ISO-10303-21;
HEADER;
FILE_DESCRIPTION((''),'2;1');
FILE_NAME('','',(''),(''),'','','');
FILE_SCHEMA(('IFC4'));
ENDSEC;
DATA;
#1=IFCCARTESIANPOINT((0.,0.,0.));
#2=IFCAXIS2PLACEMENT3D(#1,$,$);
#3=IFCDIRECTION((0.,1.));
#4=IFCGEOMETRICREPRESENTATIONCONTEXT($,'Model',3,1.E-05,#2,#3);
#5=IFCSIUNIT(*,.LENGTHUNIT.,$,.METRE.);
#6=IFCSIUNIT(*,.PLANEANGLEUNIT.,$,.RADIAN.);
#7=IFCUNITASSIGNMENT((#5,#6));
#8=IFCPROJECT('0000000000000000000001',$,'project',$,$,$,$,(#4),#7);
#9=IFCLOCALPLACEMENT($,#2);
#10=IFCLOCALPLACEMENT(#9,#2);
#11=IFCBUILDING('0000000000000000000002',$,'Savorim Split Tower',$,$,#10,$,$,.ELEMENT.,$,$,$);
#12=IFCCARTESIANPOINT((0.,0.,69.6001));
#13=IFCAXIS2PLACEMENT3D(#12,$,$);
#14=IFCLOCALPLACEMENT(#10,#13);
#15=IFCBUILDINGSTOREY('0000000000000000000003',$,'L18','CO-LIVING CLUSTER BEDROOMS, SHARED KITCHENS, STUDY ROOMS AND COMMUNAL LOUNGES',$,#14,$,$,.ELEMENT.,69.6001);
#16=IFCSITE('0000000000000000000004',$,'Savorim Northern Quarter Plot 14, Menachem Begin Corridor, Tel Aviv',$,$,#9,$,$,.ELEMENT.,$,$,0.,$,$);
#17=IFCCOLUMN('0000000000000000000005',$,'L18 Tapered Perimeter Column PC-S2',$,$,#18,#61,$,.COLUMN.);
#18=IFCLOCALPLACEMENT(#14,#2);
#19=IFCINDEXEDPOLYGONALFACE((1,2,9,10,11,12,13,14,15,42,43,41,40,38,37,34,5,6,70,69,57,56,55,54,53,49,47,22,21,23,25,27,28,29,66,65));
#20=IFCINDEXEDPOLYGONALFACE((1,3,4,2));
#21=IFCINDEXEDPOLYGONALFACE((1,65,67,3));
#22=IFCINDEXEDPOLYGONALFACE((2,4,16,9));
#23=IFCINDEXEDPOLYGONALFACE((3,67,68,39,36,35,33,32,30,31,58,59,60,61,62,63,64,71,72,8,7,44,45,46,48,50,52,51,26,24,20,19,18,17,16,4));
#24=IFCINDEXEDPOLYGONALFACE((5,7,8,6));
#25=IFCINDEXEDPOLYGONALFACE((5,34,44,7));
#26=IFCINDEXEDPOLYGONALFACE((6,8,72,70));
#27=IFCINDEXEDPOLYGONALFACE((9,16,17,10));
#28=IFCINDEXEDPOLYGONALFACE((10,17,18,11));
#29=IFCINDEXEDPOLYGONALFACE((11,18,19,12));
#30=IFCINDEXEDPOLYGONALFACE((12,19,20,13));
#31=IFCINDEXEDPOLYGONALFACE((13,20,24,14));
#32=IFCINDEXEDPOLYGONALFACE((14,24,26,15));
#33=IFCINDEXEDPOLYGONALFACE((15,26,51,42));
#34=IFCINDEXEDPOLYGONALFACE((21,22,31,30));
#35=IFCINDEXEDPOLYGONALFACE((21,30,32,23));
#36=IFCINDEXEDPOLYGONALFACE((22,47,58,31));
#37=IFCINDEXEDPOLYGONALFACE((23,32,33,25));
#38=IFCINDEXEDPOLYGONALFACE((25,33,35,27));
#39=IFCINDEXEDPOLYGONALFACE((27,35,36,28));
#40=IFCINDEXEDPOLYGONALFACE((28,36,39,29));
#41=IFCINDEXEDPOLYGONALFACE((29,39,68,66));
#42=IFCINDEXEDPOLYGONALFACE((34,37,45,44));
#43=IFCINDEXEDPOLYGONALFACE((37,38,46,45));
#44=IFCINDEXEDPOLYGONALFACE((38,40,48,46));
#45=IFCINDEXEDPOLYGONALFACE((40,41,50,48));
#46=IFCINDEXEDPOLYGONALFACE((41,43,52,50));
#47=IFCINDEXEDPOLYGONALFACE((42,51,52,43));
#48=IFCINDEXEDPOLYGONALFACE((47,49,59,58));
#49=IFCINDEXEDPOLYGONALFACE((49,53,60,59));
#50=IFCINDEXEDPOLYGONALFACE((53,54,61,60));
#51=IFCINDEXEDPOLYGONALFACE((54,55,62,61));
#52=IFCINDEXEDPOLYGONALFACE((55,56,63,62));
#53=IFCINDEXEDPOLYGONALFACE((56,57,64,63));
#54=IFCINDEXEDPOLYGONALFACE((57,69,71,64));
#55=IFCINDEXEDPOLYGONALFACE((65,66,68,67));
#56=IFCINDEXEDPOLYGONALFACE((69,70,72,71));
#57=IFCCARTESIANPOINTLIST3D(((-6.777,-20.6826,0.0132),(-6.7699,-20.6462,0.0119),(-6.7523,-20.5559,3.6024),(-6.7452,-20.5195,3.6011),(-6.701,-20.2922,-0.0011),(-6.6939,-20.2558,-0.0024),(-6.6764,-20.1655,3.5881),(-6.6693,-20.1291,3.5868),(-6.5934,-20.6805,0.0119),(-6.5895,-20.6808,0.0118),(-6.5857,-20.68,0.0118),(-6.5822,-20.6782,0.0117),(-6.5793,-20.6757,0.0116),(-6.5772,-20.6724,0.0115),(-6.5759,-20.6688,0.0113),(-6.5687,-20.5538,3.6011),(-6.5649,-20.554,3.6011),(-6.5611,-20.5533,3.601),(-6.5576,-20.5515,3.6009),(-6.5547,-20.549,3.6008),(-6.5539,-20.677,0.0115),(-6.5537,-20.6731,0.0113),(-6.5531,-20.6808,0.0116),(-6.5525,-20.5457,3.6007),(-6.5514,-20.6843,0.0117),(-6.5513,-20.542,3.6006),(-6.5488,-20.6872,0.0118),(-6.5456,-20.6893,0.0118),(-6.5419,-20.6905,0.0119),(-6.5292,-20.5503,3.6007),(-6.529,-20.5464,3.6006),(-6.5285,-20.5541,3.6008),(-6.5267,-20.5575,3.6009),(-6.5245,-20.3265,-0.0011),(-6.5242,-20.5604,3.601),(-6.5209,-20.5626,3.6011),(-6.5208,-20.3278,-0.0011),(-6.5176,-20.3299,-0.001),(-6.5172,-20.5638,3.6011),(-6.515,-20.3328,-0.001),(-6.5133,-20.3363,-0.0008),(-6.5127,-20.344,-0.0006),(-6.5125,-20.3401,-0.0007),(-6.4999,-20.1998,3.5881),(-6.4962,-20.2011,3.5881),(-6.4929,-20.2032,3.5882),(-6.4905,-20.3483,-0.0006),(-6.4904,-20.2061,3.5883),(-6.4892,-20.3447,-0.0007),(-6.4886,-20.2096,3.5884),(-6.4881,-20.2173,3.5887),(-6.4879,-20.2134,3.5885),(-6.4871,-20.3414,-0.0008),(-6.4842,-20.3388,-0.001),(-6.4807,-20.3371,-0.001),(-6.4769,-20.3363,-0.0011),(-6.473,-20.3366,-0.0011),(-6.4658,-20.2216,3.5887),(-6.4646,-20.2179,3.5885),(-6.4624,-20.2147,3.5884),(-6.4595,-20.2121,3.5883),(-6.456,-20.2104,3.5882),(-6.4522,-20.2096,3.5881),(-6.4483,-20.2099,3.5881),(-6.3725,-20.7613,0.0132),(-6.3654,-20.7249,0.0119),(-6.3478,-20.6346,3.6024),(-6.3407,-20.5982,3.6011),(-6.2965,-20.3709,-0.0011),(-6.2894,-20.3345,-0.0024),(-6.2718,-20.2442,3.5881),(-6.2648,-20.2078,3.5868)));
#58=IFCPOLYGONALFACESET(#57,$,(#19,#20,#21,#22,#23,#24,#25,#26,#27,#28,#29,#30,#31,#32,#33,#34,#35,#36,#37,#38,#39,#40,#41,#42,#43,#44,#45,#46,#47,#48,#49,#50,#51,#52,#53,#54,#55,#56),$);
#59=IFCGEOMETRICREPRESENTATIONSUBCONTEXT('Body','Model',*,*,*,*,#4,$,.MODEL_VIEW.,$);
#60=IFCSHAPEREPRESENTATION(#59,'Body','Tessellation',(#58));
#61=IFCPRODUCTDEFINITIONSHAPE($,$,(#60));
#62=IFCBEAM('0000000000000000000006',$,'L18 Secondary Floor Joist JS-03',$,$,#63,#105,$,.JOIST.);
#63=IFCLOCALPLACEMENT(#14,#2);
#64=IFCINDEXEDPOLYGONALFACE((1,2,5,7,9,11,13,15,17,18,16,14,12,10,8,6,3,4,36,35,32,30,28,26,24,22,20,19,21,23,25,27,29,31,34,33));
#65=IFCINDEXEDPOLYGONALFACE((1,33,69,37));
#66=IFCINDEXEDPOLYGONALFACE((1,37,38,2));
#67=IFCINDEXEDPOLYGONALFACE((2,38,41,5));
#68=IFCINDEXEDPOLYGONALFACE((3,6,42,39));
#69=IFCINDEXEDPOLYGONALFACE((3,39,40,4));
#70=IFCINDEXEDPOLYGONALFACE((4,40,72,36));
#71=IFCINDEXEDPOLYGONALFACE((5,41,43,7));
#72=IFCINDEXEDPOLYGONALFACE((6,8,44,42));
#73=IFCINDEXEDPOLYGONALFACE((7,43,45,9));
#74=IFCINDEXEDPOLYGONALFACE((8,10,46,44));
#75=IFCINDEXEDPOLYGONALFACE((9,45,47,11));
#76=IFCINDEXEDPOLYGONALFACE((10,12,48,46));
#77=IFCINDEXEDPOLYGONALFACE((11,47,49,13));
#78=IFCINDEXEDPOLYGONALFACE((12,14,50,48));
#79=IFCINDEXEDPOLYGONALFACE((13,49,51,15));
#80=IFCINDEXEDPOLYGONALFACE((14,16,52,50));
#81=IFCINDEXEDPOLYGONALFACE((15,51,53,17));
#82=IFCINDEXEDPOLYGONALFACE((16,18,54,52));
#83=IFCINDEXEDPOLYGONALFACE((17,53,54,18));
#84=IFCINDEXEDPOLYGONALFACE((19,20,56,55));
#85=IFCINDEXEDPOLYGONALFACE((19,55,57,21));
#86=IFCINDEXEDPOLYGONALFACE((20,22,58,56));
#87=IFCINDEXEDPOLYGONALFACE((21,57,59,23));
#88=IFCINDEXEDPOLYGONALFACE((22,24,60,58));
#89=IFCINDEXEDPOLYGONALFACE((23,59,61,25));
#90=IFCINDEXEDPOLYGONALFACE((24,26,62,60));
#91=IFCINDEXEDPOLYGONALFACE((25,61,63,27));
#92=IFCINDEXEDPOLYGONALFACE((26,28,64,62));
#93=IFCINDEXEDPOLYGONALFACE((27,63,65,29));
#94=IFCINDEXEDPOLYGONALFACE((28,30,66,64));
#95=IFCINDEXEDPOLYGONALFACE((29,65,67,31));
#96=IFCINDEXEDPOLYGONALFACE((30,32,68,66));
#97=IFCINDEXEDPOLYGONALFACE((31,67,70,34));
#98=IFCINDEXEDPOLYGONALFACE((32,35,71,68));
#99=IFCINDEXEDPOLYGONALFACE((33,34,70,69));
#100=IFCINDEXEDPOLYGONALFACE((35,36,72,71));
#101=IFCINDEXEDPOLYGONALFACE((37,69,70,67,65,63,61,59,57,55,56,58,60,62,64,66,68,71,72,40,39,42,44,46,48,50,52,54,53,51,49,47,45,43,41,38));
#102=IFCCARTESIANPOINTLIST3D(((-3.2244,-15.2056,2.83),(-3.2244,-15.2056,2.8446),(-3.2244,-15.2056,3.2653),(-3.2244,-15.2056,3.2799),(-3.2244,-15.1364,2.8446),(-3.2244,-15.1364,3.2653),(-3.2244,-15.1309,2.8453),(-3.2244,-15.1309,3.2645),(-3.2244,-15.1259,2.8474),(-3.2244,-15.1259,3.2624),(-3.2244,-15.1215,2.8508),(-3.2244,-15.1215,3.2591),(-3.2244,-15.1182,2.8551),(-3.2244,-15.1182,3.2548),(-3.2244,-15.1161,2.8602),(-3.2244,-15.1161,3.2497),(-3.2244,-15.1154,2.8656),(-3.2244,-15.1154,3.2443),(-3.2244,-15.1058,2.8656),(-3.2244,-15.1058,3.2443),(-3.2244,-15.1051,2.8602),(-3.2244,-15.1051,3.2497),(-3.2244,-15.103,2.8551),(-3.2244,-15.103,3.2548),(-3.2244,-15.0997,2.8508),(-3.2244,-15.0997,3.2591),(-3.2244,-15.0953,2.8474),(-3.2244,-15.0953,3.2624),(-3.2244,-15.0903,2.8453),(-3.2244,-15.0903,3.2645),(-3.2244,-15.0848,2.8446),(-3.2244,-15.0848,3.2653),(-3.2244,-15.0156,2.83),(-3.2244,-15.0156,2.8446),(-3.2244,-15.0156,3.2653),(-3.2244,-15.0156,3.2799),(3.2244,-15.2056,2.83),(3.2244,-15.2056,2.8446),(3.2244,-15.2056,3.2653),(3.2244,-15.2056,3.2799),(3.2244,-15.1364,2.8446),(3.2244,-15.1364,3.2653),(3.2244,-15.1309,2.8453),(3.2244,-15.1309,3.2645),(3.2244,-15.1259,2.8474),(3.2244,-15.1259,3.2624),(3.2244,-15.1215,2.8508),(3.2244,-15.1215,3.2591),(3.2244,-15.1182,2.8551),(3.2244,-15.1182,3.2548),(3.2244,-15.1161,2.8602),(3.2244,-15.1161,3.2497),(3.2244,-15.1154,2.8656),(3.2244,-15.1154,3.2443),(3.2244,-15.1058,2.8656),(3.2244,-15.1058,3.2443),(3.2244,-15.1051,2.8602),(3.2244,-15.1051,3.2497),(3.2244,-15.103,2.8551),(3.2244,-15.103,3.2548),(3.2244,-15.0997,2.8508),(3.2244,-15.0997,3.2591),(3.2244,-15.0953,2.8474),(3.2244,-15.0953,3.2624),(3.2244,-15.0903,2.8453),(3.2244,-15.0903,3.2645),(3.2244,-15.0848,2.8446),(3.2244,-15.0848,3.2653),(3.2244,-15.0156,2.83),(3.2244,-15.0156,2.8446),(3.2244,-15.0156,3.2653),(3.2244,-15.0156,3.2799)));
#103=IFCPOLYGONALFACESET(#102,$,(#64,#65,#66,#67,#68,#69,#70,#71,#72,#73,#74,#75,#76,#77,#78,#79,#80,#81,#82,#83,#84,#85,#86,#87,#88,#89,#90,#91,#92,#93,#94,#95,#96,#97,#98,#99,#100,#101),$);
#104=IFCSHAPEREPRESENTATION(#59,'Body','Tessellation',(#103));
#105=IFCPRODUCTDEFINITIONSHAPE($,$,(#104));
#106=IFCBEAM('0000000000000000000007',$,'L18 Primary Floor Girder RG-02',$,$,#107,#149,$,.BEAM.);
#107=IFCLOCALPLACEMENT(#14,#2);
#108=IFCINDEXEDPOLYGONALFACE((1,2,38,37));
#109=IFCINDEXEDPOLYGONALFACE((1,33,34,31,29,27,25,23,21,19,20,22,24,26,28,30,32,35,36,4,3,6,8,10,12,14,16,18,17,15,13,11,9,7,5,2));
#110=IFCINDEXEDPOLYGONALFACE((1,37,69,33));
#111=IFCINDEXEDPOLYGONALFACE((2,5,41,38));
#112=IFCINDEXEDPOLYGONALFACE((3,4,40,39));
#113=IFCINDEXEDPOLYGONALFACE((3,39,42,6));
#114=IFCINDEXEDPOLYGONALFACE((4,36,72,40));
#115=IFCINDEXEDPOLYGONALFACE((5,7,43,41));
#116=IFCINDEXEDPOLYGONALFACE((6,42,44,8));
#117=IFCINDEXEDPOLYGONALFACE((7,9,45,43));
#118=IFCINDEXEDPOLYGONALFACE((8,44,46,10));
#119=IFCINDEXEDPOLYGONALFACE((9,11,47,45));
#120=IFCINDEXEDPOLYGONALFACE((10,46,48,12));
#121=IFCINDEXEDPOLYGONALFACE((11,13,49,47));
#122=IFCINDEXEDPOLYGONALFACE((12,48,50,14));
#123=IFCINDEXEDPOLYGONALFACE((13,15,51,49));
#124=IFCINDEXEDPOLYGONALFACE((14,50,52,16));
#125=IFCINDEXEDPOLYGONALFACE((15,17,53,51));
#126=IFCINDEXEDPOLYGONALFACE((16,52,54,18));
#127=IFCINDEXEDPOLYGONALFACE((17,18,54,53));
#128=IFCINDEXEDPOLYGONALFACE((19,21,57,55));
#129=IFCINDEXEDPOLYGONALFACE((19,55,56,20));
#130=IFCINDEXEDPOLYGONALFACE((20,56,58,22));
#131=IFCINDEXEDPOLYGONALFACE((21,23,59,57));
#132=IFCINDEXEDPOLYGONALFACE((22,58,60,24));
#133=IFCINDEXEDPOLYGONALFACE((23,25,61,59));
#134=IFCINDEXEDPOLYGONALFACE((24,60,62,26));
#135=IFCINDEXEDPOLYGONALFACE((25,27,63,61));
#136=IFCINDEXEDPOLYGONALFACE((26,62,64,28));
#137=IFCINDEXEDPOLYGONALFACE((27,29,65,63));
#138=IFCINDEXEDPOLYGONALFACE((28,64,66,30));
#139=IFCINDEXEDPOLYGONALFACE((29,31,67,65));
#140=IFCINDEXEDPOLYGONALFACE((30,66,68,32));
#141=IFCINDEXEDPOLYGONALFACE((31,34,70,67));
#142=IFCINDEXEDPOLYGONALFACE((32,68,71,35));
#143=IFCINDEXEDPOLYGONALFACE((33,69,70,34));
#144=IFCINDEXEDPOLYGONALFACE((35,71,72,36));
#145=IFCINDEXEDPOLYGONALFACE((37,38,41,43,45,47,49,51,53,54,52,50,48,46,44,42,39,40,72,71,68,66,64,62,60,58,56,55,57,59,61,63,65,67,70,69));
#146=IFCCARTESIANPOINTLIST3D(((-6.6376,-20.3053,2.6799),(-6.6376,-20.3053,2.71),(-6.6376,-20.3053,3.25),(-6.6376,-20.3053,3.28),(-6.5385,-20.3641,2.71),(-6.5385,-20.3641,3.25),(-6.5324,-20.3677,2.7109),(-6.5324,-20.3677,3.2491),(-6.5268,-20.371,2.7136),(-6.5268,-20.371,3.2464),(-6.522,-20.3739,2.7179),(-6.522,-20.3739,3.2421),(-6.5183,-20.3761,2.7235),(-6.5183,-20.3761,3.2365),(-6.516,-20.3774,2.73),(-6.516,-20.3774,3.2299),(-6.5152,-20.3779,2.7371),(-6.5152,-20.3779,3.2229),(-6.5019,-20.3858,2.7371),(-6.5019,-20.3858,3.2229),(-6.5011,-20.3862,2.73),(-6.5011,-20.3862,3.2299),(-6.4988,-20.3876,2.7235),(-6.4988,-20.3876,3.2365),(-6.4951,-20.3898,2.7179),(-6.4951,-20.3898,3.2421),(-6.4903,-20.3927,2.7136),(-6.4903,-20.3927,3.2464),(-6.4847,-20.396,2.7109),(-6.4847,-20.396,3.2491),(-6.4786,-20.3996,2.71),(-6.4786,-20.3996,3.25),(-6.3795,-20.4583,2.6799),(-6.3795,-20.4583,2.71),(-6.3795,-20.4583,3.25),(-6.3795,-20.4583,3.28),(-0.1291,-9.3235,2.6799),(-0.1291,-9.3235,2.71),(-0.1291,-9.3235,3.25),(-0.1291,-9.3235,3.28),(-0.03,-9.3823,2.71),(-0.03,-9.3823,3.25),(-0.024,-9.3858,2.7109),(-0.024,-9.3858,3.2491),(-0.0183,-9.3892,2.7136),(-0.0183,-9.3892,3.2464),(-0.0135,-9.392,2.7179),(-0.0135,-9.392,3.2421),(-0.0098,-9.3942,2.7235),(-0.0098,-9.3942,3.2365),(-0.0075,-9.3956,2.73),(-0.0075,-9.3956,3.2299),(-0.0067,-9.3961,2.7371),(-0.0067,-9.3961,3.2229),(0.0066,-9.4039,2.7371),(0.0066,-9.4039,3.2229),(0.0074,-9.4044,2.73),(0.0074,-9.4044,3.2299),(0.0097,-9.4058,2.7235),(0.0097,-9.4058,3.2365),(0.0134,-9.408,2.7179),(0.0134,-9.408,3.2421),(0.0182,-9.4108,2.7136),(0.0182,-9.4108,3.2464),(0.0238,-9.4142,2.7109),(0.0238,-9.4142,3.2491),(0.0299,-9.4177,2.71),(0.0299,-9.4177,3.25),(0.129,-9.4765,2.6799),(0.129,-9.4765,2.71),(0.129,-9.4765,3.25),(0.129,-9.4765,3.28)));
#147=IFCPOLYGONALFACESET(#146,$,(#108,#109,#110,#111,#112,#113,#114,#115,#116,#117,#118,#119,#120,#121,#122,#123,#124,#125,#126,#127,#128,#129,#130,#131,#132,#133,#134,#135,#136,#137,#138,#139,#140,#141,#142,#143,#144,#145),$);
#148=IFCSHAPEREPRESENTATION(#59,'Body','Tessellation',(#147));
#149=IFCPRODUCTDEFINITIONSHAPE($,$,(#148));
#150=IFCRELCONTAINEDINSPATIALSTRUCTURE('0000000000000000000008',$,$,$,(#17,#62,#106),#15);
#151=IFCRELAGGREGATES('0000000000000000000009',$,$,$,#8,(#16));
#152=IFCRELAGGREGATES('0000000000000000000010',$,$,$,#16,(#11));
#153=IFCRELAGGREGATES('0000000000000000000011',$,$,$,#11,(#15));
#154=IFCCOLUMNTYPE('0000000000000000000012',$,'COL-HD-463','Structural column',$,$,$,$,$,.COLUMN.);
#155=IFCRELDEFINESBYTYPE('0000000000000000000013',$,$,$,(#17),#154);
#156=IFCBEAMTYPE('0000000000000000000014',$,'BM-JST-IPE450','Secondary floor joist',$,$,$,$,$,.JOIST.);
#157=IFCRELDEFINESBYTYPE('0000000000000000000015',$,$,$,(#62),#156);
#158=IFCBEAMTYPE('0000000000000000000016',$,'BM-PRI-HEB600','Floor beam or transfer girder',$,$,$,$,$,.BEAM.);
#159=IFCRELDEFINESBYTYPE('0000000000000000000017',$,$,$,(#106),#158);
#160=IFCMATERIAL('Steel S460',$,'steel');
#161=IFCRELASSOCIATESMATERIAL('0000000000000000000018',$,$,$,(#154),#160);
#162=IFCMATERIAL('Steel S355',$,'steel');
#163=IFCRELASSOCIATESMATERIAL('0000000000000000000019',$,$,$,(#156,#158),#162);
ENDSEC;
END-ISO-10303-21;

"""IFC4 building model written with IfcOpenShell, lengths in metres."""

from ifc_helpers import new_model, si_unit, direction, frame, origin, origin_2d, place, context, subcontext, project, spatial, i_section, extrude, material, material_profile, profile_set, type_object, element, save


model = new_model("IFC4")

# Units and contexts
model_context = context("Model", 3, precision=1e-05, world=origin(), true_north=direction((0.0, 1.0)))
body_context = subcontext(model_context, "Body", "Model", "MODEL_VIEW")
ifc_project = project(units=[si_unit("LENGTHUNIT", "METRE"), si_unit("PLANEANGLEUNIT", "RADIAN")], contexts=[model_context])

# Site, building, storey
site_placement = place(None, origin())
site = spatial("IfcSite", under=ifc_project, at=site_placement, Name="Savorim Northern Quarter Plot 14, Menachem Begin Corridor, Tel Aviv", CompositionType="ELEMENT", RefElevation=0.0)
building_placement = place(site_placement, origin())
building = spatial("IfcBuilding", under=site, at=building_placement, Name="Savorim Split Tower", CompositionType="ELEMENT")
storey_placement = place(building_placement, frame((0.0, 0.0, 69.6001)))
storey = spatial("IfcBuildingStorey", under=building, at=storey_placement, Name="L18", Description="CO-LIVING CLUSTER BEDROOMS, SHARED KITCHENS, STUDY ROOMS AND COMMUNAL LOUNGES", CompositionType="ELEMENT", Elevation=69.6001)

# Column
ifc_material_1 = material(Name="Steel S460", Category="steel")
ifc_material_profile_1 = material_profile(ifc_material_1, i_section(OverallWidth=0.4121, OverallDepth=0.4351, WebThickness=0.0227, FlangeThickness=0.0371, FilletRadius=0.0149, at=origin_2d()), Name="HD 400x463")
ifc_profile_set_1 = profile_set([ifc_material_profile_1], Name="Steel S460")
column_type = type_object("IfcColumnType", Name="COL-HD-463", Description="Structural column", PredefinedType="COLUMN", material=ifc_profile_set_1)
column_placement = place(storey_placement, frame((-6.5332, -20.5085, 0.0054), z_axis=(0.006866, 0.035281, 0.999354), x_axis=(-0.981586, 0.191022, 0.0)))
element("IfcColumn", 1, at=column_placement, inside=storey, type_object=column_type, Name="L18 Tapered Perimeter Column PC-S2", PredefinedType="COLUMN", context=body_context, shape_type="SweptSolid", body=[
    extrude(i_section(OverallWidth=0.4121, OverallDepth=0.4351, WebThickness=0.0227, FlangeThickness=0.0371, FilletRadius=0.0149, at=origin_2d()), origin(), (0.0, 0.0, 1.0), 3.5916),
])

# Beams
ifc_material_2 = material(Name="Steel S355", Category="steel")
ifc_material_profile_2 = material_profile(ifc_material_2, i_section(OverallWidth=0.1899, OverallDepth=0.45, WebThickness=0.0095, FlangeThickness=0.0146, FilletRadius=0.021, at=origin_2d()), Name="IPE 450")
ifc_profile_set_2 = profile_set([ifc_material_profile_2], Name="Steel S355")
beam_type_1 = type_object("IfcBeamType", Name="BM-JST-IPE450", Description="Secondary floor joist", PredefinedType="JOIST", material=ifc_profile_set_2)
beam_1_placement = place(storey_placement, frame((-3.2244, -15.1106, 3.0549), z_axis=(1.0, 0.0, 0.0), x_axis=(0.0, 1.0, 0.0)))
element("IfcBeam", 2, at=beam_1_placement, inside=storey, type_object=beam_type_1, Name="L18 Secondary Floor Joist JS-03", PredefinedType="JOIST", context=body_context, shape_type="SweptSolid", body=[
    extrude(i_section(OverallWidth=0.1899, OverallDepth=0.45, WebThickness=0.0095, FlangeThickness=0.0146, FilletRadius=0.021, at=origin_2d()), origin(), (0.0, 0.0, 1.0), 6.4487),
])
ifc_material_profile_3 = material_profile(ifc_material_2, i_section(OverallWidth=0.3, OverallDepth=0.6001, WebThickness=0.0154, FlangeThickness=0.03, FilletRadius=0.0271, at=origin_2d()), Name="HEB 600")
ifc_profile_set_3 = profile_set([ifc_material_profile_3], Name="Steel S355")
beam_type_2 = type_object("IfcBeamType", Name="BM-PRI-HEB600", Description="Floor beam or transfer girder", PredefinedType="BEAM", material=ifc_profile_set_3)
beam_2_placement = place(storey_placement, frame((-6.5085, -20.3818, 2.98), z_axis=(0.509845, 0.860266, 0.0), x_axis=(-0.860266, 0.509845, 0.0)))
element("IfcBeam", 3, at=beam_2_placement, inside=storey, type_object=beam_type_2, Name="L18 Primary Floor Girder RG-02", PredefinedType="BEAM", context=body_context, shape_type="SweptSolid", body=[
    extrude(i_section(OverallWidth=0.3, OverallDepth=0.6001, WebThickness=0.0154, FlangeThickness=0.03, FilletRadius=0.0271, at=origin_2d()), origin(), (0.0, 0.0, 1.0), 12.7656),
])

save(model, "model.ifc")
